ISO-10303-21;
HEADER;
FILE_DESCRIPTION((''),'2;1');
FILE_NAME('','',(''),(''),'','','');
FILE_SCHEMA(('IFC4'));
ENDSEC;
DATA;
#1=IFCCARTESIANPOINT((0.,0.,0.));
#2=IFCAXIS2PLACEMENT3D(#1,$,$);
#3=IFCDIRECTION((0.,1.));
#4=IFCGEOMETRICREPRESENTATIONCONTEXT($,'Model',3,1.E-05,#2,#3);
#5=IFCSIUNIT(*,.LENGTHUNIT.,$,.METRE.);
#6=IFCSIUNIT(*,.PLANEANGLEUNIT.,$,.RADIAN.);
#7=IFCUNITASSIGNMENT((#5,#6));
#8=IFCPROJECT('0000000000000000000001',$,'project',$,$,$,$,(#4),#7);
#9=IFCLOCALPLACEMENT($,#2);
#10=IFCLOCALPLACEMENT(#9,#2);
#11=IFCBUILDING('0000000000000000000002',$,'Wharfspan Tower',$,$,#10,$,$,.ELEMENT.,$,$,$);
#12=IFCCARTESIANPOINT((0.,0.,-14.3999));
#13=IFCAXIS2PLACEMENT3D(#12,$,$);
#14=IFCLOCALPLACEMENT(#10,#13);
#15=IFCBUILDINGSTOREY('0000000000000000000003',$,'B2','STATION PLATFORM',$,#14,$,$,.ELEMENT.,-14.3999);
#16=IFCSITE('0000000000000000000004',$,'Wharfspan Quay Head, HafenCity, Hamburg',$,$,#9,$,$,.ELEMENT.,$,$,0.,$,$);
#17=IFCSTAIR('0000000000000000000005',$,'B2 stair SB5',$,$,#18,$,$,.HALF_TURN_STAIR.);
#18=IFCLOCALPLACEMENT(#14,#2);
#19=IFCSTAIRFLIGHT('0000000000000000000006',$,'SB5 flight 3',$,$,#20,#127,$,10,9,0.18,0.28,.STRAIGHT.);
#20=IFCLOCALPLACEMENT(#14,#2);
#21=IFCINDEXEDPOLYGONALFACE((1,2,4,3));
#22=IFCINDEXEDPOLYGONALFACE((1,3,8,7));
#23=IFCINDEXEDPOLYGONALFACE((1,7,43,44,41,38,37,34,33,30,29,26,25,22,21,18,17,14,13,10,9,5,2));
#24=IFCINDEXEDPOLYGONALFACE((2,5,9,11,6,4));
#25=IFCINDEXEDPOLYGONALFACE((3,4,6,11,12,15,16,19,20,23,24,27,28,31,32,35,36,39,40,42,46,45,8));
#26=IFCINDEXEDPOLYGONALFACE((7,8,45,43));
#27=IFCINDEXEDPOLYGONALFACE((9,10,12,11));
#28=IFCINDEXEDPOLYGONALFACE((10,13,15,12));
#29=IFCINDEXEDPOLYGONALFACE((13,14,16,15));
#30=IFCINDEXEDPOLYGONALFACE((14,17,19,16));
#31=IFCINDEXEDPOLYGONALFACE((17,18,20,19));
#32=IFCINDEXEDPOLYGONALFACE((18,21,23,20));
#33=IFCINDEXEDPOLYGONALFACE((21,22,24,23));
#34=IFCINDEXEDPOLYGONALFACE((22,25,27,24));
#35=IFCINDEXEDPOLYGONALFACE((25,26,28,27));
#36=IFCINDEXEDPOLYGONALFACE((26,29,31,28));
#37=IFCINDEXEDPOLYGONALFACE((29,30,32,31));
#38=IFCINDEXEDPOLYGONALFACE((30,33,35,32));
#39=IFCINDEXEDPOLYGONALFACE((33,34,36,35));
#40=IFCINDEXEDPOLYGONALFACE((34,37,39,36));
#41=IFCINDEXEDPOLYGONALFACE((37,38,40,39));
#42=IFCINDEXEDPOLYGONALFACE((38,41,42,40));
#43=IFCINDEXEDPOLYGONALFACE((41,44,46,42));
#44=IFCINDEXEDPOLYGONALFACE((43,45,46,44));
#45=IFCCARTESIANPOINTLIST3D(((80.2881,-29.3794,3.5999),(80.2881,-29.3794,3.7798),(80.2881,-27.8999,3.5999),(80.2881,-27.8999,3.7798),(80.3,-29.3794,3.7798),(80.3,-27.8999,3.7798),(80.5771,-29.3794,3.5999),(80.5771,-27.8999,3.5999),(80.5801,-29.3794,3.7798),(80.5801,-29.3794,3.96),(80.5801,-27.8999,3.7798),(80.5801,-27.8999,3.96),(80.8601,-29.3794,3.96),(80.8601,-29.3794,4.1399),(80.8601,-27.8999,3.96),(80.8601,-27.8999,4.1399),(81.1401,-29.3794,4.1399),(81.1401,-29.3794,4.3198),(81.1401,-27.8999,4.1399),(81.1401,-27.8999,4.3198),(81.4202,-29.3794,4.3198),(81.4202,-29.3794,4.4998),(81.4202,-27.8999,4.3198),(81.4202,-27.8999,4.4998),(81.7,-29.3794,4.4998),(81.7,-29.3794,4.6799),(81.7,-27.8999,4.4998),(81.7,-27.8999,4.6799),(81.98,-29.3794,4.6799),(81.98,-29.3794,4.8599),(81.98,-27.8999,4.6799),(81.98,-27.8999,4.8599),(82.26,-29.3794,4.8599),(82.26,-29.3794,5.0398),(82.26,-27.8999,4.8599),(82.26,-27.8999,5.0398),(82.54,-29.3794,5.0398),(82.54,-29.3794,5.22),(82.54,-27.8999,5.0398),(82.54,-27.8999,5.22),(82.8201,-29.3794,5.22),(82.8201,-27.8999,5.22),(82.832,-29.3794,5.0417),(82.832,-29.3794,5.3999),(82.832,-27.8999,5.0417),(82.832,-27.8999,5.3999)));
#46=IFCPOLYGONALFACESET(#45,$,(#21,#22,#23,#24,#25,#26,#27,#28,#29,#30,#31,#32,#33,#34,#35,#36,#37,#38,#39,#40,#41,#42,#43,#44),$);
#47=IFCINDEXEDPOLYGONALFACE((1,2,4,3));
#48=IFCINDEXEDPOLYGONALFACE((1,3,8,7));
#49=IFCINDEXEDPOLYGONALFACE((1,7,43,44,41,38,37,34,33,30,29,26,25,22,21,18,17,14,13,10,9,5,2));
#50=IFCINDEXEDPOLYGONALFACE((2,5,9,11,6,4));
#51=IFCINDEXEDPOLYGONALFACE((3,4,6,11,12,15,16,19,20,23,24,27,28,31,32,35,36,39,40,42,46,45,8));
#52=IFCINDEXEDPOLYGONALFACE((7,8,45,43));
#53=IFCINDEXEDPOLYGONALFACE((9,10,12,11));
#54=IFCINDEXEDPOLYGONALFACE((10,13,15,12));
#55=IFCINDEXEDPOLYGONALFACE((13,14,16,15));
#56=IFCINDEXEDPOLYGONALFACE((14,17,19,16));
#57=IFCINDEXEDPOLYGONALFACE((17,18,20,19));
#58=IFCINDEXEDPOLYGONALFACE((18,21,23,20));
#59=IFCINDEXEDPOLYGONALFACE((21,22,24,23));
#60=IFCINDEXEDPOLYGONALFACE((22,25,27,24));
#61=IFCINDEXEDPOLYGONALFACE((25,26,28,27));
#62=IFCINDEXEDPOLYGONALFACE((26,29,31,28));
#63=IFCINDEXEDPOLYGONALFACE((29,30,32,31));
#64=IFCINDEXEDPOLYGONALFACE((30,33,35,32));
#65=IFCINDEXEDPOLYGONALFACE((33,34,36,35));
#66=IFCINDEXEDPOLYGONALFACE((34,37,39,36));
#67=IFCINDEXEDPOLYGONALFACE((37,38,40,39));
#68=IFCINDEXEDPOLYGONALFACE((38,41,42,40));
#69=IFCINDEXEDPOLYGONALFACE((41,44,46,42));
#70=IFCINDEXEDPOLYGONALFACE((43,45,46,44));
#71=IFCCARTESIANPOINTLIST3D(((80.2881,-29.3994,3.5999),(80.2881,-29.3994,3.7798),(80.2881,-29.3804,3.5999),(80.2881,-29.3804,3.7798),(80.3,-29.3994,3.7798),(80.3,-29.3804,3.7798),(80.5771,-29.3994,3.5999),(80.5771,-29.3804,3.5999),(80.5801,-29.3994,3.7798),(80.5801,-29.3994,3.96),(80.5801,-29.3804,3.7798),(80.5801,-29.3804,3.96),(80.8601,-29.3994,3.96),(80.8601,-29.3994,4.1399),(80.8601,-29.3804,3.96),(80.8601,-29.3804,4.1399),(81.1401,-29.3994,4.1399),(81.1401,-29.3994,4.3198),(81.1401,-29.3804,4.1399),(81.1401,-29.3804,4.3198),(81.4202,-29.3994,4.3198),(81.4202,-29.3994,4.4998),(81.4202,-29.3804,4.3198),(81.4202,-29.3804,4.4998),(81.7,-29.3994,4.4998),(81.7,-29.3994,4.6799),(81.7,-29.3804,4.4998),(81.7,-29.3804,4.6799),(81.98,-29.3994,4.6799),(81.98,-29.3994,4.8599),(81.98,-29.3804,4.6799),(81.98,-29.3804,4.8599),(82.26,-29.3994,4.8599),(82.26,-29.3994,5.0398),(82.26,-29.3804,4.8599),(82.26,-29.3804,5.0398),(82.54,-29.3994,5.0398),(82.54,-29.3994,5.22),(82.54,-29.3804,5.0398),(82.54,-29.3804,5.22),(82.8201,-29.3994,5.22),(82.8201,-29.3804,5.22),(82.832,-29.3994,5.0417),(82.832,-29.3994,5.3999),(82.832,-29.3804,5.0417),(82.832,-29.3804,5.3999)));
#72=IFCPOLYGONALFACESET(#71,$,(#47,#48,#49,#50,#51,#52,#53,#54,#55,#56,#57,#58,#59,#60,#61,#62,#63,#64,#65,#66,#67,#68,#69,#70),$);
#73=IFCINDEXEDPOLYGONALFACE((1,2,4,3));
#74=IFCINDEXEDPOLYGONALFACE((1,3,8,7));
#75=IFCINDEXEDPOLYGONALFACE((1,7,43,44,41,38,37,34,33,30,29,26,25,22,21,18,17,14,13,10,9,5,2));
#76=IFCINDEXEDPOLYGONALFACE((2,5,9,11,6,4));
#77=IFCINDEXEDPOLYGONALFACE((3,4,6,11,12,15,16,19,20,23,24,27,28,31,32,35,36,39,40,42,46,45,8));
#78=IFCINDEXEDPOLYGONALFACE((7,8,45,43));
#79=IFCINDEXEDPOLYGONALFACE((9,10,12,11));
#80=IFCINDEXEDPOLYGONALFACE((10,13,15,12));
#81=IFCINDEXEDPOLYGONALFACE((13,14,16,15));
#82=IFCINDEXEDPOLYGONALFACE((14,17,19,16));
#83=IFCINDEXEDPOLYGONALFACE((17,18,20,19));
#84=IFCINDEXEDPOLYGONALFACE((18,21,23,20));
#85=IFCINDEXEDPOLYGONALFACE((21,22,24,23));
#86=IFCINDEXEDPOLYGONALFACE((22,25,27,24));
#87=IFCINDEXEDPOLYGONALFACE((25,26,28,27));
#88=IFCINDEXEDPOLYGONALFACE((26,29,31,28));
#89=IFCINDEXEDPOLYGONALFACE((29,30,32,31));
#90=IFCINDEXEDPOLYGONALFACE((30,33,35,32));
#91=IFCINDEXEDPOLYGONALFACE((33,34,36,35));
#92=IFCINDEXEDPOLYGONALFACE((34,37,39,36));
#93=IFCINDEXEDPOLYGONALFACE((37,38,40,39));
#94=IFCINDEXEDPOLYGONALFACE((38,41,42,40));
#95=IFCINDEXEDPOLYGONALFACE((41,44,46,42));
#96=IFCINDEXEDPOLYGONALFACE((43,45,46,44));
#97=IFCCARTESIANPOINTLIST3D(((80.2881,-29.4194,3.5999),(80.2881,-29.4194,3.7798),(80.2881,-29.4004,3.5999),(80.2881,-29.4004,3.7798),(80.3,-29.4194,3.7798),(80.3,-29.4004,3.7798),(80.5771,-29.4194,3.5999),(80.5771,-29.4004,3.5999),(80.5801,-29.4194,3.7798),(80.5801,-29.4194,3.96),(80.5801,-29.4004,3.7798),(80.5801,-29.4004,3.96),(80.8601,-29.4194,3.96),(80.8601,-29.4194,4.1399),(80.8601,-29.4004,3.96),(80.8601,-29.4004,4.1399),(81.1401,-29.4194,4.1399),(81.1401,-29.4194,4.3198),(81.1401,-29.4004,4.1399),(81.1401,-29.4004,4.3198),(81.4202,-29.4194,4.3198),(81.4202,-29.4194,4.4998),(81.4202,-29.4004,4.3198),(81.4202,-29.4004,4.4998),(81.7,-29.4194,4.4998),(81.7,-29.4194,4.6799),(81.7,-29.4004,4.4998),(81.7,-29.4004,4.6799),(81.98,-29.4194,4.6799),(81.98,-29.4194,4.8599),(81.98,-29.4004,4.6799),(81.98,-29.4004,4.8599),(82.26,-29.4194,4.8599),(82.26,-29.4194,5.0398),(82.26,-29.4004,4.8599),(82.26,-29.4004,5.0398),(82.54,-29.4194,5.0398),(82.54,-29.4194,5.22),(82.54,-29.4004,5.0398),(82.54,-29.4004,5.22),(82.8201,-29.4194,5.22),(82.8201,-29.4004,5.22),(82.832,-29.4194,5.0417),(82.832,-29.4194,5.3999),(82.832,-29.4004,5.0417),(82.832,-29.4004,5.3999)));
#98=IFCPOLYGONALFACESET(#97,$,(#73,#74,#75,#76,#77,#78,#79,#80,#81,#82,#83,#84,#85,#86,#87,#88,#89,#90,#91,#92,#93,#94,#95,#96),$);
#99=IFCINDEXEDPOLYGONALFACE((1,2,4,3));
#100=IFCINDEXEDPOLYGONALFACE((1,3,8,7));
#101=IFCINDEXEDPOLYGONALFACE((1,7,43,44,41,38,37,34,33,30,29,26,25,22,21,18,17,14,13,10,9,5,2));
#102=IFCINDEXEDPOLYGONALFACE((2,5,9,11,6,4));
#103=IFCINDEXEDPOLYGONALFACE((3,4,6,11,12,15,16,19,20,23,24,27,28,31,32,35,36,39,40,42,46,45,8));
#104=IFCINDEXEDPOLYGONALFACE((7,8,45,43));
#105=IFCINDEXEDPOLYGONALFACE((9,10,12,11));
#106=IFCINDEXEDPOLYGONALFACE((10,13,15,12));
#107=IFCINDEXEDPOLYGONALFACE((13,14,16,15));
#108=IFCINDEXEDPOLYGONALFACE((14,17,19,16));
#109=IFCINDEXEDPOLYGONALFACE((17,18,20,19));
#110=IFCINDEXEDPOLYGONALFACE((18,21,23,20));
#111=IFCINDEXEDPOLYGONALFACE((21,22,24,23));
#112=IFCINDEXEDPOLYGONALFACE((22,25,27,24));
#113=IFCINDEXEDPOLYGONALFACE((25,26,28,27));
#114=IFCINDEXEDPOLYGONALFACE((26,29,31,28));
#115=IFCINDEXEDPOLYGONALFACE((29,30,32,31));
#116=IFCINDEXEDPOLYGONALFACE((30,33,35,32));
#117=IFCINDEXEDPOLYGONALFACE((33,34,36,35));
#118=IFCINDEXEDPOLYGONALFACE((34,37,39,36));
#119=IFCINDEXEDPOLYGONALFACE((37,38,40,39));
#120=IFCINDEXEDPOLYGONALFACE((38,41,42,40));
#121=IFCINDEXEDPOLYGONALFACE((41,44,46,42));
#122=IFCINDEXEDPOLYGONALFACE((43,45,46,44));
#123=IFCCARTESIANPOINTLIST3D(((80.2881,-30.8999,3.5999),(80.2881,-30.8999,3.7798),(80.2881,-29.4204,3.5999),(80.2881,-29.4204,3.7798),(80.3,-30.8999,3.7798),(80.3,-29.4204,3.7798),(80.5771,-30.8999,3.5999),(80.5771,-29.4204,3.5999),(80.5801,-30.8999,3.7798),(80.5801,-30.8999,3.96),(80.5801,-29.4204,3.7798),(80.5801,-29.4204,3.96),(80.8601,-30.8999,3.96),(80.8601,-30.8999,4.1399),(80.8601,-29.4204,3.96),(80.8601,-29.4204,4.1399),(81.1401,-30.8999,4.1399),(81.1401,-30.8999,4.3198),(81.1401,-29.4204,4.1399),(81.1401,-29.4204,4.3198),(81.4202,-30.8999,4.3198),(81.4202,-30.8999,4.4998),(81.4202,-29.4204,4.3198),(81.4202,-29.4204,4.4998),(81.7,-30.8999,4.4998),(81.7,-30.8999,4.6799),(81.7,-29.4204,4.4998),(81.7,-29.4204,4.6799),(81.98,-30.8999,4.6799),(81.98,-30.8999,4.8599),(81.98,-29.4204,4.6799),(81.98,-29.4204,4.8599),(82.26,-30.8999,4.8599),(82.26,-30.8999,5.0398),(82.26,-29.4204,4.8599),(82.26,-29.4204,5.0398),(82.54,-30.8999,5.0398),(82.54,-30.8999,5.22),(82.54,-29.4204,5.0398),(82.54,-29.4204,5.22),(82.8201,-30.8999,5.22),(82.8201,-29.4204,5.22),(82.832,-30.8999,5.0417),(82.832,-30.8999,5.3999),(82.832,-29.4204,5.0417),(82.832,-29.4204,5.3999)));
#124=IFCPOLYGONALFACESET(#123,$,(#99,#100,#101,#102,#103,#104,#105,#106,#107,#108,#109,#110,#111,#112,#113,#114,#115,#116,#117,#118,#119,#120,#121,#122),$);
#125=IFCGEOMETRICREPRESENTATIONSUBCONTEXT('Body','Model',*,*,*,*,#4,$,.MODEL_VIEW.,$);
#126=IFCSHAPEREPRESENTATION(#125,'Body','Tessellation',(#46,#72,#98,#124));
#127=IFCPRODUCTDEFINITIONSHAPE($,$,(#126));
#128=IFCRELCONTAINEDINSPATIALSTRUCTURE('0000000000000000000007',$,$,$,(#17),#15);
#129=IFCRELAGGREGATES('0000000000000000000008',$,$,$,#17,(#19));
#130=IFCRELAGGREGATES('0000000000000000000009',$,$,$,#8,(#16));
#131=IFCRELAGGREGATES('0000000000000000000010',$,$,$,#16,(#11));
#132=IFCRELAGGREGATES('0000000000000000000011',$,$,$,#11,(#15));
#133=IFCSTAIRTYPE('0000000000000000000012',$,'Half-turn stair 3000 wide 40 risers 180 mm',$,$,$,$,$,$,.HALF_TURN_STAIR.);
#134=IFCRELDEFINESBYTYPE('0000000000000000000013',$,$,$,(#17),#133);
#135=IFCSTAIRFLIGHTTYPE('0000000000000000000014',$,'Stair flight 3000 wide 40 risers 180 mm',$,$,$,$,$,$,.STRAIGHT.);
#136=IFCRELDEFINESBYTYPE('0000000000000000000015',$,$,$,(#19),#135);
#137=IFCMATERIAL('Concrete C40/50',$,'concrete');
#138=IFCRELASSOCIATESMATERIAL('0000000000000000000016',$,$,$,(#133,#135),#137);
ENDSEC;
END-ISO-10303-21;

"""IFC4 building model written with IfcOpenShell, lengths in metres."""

from ifc_helpers import new_model, si_unit, direction, frame, origin, place, context, subcontext, project, spatial, polyline, outline, extrude, material, type_object, element, aggregate, save


model = new_model("IFC4")

# Units and contexts
model_context = context("Model", 3, precision=1e-05, world=origin(), true_north=direction((0.0, 1.0)))
body_context = subcontext(model_context, "Body", "Model", "MODEL_VIEW")
ifc_project = project(units=[si_unit("LENGTHUNIT", "METRE"), si_unit("PLANEANGLEUNIT", "RADIAN")], contexts=[model_context])

# Site, building, storey
site_placement = place(None, origin())
site = spatial("IfcSite", under=ifc_project, at=site_placement, Name="Wharfspan Quay Head, HafenCity, Hamburg", CompositionType="ELEMENT", RefElevation=0.0)
building_placement = place(site_placement, origin())
building = spatial("IfcBuilding", under=site, at=building_placement, Name="Wharfspan Tower", CompositionType="ELEMENT")
storey_placement = place(building_placement, frame((0.0, 0.0, -14.3999)))
storey = spatial("IfcBuildingStorey", under=building, at=storey_placement, Name="B2", Description="STATION PLATFORM", CompositionType="ELEMENT", Elevation=-14.3999)

# Shared definitions
ifc_material_1 = material(Name="Concrete C40/50", Category="concrete")

# Stair, stair flight
stair_type = type_object("IfcStairType", Name="Half-turn stair 3000 wide 40 risers 180 mm", PredefinedType="HALF_TURN_STAIR", material=ifc_material_1)
stair_flight_type = type_object("IfcStairFlightType", Name="Stair flight 3000 wide 40 risers 180 mm", PredefinedType="STRAIGHT", material=ifc_material_1)
stair_1_placement = place(storey_placement, origin())
stair_1 = element("IfcStair", 1, at=stair_1_placement, inside=storey, type_object=stair_type, Name="B2 stair SB5", PredefinedType="HALF_TURN_STAIR")
stair_flight_1_placement = place(storey_placement, frame((80.3, -29.3999, 3.5999), z_axis=(0.0, 0.0, 1.0), x_axis=(1.0, 0.0, 0.0)))
stair_flight_1 = element("IfcStairFlight", 2, at=stair_flight_1_placement, type_object=stair_flight_type, Name="SB5 flight 3", NumberOfRisers=10, NumberOfTreads=9, PredefinedType="STRAIGHT", RiserHeight=0.18, TreadLength=0.28, context=body_context, shape_type="SweptSolid", body=[
    extrude(outline(polyline([(-0.012, 0.0), (-0.012, 0.1799), (0.0, 0.1799), (0.28, 0.1799), (0.28, 0.3601), (0.5601, 0.3601), (0.5601, 0.54), (0.8401, 0.54), (0.8401, 0.72), (1.1201, 0.72), (1.1201, 0.8999), (1.3999, 0.8999), (1.3999, 1.0801), (1.6799, 1.0801), (1.6799, 1.26), (1.96, 1.26), (1.96, 1.4399), (2.24, 1.4399), (2.24, 1.6201), (2.52, 1.6201), (2.532, 1.8), (2.532, 1.4419), (0.2771, 0.0), (-0.012, 0.0)])), frame((0.0, 1.5, 0.0), z_axis=(0.0, -1.0, 0.0), x_axis=(1.0, 0.0, 0.0)), (0.0, 0.0, 1.0), 1.4795),
    extrude(outline(polyline([(-0.012, 0.0), (-0.012, 0.1799), (0.0, 0.1799), (0.28, 0.1799), (0.28, 0.3601), (0.5601, 0.3601), (0.5601, 0.54), (0.8401, 0.54), (0.8401, 0.72), (1.1201, 0.72), (1.1201, 0.8999), (1.3999, 0.8999), (1.3999, 1.0801), (1.6799, 1.0801), (1.6799, 1.26), (1.96, 1.26), (1.96, 1.4399), (2.24, 1.4399), (2.24, 1.6201), (2.52, 1.6201), (2.532, 1.8), (2.532, 1.4419), (0.2771, 0.0), (-0.012, 0.0)])), frame((0.0, 0.0195, 0.0), z_axis=(0.0, -1.0, 0.0), x_axis=(1.0, 0.0, 0.0)), (0.0, 0.0, 1.0), 0.019),
    extrude(outline(polyline([(-0.012, 0.0), (-0.012, 0.1799), (0.0, 0.1799), (0.28, 0.1799), (0.28, 0.3601), (0.5601, 0.3601), (0.5601, 0.54), (0.8401, 0.54), (0.8401, 0.72), (1.1201, 0.72), (1.1201, 0.8999), (1.3999, 0.8999), (1.3999, 1.0801), (1.6799, 1.0801), (1.6799, 1.26), (1.96, 1.26), (1.96, 1.4399), (2.24, 1.4399), (2.24, 1.6201), (2.52, 1.6201), (2.532, 1.8), (2.532, 1.4419), (0.2771, 0.0), (-0.012, 0.0)])), frame((0.0, -0.0005, 0.0), z_axis=(0.0, -1.0, 0.0), x_axis=(1.0, 0.0, 0.0)), (0.0, 0.0, 1.0), 0.019),
    extrude(outline(polyline([(-0.012, 0.0), (-0.012, 0.1799), (0.0, 0.1799), (0.28, 0.1799), (0.28, 0.3601), (0.5601, 0.3601), (0.5601, 0.54), (0.8401, 0.54), (0.8401, 0.72), (1.1201, 0.72), (1.1201, 0.8999), (1.3999, 0.8999), (1.3999, 1.0801), (1.6799, 1.0801), (1.6799, 1.26), (1.96, 1.26), (1.96, 1.4399), (2.24, 1.4399), (2.24, 1.6201), (2.52, 1.6201), (2.532, 1.8), (2.532, 1.4419), (0.2771, 0.0), (-0.012, 0.0)])), frame((0.0, -0.0205, 0.0), z_axis=(0.0, -1.0, 0.0), x_axis=(1.0, 0.0, 0.0)), (0.0, 0.0, 1.0), 1.4795),
])
aggregate(stair_1, [stair_flight_1])

save(model, "model.ifc")
